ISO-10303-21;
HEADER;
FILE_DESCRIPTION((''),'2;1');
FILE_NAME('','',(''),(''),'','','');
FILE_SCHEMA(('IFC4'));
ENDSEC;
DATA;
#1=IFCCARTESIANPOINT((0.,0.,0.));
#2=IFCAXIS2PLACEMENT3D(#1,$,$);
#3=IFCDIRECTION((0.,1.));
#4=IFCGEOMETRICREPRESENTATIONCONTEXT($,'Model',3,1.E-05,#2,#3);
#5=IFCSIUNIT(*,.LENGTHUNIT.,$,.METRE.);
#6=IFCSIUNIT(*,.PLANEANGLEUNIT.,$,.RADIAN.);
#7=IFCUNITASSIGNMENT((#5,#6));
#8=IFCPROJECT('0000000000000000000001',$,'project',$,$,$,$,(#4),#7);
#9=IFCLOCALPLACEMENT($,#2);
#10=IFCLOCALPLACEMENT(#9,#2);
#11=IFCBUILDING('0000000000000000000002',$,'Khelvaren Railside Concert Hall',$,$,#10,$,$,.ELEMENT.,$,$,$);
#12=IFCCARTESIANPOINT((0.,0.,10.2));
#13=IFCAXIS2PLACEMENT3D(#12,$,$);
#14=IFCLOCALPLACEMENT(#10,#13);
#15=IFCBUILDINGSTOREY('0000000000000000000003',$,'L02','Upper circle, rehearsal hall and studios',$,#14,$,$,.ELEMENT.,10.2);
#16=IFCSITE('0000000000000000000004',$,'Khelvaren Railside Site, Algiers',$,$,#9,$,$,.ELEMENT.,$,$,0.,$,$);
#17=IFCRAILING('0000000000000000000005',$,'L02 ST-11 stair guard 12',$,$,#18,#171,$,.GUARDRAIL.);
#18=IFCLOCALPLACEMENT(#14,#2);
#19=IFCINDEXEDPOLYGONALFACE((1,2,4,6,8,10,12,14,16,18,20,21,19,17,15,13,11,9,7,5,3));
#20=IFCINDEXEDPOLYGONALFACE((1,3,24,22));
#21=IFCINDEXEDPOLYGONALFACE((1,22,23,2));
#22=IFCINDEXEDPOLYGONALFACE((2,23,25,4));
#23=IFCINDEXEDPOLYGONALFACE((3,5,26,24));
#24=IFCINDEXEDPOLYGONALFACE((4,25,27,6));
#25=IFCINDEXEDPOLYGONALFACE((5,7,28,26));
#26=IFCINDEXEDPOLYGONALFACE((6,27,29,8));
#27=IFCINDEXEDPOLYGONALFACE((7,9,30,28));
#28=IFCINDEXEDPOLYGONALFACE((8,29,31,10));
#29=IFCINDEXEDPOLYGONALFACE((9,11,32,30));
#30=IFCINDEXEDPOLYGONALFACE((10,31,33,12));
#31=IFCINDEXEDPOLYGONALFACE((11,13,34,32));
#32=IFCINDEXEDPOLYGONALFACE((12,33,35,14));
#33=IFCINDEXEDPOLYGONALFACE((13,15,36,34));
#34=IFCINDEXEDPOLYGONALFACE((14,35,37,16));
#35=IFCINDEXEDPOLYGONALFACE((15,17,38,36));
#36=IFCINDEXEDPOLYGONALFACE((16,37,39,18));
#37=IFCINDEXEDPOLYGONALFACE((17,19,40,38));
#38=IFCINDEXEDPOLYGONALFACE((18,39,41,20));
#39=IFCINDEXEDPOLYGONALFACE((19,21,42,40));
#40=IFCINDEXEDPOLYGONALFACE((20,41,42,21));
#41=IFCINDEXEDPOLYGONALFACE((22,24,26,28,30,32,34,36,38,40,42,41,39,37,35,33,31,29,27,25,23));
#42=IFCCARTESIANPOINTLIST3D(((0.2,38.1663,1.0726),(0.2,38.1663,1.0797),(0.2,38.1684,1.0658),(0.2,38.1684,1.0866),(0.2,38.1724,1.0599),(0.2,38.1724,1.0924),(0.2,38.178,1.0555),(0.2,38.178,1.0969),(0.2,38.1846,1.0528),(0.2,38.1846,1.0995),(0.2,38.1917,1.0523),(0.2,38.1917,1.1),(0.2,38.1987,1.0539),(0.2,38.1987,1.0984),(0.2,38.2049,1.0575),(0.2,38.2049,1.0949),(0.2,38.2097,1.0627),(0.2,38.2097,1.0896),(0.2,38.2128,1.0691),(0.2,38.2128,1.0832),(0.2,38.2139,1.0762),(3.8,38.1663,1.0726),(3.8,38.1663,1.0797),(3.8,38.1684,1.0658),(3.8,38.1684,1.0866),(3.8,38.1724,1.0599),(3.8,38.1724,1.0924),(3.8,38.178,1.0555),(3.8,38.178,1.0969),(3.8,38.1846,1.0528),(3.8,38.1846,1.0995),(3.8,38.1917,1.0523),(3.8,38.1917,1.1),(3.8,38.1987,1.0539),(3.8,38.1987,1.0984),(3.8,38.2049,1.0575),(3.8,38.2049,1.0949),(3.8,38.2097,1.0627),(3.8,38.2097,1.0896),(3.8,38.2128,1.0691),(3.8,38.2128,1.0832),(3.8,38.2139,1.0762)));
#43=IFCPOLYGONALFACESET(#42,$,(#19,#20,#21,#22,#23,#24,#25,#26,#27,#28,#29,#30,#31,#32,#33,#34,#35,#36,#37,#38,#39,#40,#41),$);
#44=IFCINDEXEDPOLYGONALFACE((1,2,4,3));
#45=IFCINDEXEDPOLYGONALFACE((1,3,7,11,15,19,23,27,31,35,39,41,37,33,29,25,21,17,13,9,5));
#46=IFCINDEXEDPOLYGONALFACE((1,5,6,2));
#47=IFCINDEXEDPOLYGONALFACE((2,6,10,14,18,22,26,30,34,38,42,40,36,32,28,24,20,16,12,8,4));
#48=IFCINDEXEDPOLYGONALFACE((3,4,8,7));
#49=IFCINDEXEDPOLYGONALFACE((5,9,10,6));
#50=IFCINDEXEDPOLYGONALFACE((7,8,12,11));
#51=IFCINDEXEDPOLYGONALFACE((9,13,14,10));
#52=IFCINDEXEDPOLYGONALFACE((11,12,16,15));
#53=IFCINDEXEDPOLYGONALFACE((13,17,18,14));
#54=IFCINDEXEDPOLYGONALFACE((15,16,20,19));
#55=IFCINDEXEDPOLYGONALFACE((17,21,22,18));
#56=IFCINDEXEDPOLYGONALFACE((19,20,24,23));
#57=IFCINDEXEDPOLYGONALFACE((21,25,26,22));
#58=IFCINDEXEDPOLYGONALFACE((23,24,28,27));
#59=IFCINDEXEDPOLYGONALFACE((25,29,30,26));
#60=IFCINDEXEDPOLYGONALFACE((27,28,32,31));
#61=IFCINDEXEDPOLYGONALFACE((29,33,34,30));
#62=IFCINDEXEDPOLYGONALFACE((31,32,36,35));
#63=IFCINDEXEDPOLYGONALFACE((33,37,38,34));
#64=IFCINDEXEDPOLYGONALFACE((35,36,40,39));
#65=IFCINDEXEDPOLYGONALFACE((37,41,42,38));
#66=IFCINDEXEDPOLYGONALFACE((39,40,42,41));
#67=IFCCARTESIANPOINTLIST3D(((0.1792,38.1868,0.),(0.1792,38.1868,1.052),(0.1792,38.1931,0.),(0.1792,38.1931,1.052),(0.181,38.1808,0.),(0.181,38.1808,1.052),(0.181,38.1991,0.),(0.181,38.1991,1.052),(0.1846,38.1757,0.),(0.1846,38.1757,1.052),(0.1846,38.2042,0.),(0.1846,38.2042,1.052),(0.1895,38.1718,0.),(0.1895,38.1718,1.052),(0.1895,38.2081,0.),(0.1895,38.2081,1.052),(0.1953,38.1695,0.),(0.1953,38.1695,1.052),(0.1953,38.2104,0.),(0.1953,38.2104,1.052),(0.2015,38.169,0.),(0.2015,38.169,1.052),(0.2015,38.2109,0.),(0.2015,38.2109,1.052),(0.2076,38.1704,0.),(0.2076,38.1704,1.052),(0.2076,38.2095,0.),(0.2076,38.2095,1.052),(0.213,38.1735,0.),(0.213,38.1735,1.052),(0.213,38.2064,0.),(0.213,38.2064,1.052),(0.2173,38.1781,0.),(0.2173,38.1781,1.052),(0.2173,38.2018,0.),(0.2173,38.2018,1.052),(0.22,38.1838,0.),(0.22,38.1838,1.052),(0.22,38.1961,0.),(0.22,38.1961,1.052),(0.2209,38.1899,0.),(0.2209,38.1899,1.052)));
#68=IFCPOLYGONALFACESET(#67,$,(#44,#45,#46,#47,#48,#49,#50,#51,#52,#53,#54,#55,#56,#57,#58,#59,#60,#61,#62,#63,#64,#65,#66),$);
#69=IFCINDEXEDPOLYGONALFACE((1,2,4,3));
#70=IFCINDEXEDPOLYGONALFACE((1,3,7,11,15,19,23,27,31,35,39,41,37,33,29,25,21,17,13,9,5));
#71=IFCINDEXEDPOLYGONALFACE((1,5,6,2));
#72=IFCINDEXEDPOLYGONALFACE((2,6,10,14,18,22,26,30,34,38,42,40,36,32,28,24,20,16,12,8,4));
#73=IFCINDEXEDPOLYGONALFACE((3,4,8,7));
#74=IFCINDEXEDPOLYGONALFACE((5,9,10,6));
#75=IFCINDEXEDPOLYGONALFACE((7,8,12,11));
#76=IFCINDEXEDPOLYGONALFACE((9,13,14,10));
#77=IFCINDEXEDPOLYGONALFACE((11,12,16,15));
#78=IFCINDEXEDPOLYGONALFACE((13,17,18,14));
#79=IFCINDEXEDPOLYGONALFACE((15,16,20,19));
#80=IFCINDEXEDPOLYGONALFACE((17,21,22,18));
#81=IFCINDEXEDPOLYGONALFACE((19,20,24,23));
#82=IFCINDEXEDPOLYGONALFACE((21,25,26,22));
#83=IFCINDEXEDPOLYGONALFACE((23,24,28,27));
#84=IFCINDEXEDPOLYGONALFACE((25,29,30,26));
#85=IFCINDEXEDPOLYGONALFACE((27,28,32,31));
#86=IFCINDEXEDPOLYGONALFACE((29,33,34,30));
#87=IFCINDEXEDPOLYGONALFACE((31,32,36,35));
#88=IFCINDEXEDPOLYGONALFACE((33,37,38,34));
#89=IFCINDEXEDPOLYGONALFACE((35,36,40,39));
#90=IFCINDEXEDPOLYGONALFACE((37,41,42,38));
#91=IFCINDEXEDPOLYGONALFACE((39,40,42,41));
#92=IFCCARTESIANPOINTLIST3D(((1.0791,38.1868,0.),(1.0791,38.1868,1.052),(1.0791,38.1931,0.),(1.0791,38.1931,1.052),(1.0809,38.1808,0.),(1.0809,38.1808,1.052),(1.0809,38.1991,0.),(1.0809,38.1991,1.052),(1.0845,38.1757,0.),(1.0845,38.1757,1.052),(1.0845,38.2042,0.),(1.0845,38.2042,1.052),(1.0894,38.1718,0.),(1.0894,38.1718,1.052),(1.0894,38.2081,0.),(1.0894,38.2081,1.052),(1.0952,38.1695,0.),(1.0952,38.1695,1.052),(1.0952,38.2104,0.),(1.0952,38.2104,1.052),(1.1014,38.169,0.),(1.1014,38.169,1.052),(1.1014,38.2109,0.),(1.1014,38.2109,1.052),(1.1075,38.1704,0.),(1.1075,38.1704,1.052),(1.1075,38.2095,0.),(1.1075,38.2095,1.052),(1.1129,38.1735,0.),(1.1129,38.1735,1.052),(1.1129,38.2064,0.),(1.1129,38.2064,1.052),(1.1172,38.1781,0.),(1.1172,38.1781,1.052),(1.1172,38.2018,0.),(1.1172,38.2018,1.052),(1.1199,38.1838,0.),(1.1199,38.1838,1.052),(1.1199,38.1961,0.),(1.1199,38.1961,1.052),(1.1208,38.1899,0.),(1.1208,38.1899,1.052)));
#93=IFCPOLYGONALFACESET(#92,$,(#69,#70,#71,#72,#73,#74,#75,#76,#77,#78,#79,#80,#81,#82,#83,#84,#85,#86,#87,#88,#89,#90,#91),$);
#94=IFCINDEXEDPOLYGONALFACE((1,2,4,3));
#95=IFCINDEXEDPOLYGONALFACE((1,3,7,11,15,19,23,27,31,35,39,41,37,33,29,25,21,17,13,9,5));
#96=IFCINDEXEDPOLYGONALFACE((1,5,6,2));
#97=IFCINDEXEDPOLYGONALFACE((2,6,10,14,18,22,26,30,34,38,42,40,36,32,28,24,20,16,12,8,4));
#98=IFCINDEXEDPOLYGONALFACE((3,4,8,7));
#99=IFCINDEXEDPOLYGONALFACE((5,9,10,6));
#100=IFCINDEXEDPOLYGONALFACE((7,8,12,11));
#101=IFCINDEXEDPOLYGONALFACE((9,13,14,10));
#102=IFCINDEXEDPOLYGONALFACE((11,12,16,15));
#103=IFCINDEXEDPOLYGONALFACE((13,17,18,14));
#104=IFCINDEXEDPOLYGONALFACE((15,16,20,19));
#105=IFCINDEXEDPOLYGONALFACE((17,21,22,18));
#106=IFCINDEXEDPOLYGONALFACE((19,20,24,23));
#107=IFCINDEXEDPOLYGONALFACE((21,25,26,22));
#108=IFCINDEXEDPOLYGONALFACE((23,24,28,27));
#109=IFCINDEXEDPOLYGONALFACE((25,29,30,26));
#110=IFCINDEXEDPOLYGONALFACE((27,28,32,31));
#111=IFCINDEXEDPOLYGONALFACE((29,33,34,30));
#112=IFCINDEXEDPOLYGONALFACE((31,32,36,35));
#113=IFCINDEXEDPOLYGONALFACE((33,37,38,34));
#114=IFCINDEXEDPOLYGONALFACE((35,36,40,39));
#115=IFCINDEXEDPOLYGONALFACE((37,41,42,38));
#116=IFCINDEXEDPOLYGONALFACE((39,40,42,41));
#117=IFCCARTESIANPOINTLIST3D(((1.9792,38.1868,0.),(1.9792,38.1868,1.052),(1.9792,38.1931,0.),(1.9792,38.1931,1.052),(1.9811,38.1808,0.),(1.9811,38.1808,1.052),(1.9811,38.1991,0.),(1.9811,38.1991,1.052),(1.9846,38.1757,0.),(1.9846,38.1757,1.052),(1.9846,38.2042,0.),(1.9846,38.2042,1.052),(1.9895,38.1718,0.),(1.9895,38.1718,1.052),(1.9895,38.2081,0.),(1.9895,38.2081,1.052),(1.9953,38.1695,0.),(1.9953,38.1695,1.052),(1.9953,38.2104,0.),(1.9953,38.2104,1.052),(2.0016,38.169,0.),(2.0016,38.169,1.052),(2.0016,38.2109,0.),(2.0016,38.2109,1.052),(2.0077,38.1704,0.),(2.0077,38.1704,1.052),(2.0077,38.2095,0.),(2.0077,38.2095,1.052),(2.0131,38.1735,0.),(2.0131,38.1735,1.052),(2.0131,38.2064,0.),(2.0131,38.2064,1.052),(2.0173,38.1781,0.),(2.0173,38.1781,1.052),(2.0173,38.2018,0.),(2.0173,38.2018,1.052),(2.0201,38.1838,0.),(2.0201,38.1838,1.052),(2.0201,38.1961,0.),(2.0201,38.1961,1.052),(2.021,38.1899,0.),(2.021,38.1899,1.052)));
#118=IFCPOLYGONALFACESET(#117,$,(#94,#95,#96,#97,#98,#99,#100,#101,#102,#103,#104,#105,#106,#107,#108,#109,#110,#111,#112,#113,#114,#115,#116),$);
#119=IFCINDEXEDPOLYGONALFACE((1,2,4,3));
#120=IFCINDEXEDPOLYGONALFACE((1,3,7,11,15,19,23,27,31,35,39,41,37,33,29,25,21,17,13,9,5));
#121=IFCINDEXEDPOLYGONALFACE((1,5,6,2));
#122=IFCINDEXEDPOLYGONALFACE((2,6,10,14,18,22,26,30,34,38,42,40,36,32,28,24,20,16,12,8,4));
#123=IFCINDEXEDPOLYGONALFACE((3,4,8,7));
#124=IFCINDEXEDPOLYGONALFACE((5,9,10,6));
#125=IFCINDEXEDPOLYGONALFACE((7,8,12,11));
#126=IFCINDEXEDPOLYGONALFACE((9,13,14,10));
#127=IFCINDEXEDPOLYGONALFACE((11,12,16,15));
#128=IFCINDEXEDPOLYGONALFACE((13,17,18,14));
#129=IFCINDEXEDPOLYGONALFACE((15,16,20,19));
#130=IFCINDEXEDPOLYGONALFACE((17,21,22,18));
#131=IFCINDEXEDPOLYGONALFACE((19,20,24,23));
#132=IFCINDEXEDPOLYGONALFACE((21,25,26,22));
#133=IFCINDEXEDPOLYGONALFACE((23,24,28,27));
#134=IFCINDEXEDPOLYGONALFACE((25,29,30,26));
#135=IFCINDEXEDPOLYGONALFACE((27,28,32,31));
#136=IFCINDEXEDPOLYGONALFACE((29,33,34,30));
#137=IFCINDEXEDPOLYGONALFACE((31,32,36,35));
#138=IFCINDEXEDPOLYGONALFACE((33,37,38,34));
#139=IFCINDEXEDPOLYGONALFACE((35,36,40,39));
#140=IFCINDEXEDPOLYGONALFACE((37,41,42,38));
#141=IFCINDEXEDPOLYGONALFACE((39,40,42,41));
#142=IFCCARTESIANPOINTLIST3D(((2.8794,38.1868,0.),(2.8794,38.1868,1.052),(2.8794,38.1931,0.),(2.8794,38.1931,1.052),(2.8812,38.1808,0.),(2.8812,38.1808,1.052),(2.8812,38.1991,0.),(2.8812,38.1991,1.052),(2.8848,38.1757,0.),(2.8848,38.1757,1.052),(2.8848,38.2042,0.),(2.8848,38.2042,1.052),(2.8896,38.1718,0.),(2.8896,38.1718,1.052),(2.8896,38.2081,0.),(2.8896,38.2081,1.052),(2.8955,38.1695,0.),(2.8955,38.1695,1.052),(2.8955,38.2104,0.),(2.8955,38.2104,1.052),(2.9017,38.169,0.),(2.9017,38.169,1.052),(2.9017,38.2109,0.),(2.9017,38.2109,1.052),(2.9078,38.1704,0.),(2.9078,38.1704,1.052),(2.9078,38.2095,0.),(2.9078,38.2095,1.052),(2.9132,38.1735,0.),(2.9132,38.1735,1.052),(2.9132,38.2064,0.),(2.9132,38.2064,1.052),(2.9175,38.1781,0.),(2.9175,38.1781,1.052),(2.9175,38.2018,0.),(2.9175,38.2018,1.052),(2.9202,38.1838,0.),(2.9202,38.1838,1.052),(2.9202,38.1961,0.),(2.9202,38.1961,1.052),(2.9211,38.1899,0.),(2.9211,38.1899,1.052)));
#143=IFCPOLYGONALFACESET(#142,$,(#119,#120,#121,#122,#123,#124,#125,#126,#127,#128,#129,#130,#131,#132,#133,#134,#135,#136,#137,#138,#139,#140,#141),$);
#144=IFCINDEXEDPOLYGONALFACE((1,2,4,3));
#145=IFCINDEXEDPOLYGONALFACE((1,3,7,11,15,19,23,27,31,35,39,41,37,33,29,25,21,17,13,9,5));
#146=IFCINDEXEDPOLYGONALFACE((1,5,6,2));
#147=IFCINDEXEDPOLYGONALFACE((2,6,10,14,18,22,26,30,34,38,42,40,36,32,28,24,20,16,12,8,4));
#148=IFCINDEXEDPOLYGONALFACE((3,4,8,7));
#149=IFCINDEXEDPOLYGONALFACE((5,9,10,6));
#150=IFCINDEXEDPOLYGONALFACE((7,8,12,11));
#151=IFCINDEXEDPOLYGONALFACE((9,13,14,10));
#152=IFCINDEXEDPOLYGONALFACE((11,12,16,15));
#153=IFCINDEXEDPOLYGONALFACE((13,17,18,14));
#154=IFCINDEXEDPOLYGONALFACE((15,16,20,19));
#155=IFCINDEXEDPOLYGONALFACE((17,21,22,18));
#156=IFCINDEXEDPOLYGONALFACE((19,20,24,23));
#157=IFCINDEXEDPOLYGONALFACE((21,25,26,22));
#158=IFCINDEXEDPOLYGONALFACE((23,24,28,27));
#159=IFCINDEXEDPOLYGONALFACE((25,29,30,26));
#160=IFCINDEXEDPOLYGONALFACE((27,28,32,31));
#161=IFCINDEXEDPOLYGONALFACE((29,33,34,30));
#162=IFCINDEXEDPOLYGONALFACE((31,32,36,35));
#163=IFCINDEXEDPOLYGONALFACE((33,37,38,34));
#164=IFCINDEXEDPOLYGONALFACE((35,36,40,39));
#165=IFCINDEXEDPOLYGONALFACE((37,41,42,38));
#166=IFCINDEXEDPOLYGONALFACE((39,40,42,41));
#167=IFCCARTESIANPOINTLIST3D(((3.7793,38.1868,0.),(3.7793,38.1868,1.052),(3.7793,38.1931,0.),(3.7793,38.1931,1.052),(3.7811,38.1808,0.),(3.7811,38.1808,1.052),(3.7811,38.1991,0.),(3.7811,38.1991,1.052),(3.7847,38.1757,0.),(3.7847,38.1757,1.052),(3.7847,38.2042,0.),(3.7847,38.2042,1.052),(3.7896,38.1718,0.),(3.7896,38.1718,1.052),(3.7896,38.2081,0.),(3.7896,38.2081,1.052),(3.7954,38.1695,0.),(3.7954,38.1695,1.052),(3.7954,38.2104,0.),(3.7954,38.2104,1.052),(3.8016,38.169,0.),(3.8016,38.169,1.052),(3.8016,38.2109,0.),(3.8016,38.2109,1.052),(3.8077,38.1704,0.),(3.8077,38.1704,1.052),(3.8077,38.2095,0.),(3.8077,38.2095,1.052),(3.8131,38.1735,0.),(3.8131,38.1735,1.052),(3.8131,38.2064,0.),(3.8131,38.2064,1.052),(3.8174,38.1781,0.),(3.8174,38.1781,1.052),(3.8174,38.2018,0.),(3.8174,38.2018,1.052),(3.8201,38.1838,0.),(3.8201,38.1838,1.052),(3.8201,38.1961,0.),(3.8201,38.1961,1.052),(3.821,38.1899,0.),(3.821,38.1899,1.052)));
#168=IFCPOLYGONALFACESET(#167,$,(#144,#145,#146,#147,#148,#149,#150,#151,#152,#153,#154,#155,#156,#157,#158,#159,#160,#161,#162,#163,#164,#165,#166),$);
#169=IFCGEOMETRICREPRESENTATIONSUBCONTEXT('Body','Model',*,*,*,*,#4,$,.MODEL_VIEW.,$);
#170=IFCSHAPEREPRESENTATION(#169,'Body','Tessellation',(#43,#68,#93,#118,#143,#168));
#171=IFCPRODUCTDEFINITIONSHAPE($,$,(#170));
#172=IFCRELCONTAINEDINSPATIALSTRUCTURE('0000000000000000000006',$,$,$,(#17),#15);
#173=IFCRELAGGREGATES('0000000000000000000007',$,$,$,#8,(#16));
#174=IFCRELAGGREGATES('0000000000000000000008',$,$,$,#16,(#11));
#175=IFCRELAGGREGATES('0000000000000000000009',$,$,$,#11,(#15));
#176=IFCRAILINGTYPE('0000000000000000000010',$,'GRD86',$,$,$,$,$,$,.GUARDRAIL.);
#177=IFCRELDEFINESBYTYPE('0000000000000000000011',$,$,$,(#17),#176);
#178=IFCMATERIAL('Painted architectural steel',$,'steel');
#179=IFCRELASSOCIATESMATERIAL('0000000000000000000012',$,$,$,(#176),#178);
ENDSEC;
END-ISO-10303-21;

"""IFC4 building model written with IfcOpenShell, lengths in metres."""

from ifc_helpers import new_model, si_unit, direction, frame, origin, origin_2d, place, context, subcontext, project, spatial, circle, extrude, material, type_object, element, save


model = new_model("IFC4")

# Units and contexts
model_context = context("Model", 3, precision=1e-05, world=origin(), true_north=direction((0.0, 1.0)))
body_context = subcontext(model_context, "Body", "Model", "MODEL_VIEW")
ifc_project = project(units=[si_unit("LENGTHUNIT", "METRE"), si_unit("PLANEANGLEUNIT", "RADIAN")], contexts=[model_context])

# Site, building, storey
site_placement = place(None, origin())
site = spatial("IfcSite", under=ifc_project, at=site_placement, Name="Khelvaren Railside Site, Algiers", CompositionType="ELEMENT", RefElevation=0.0)
building_placement = place(site_placement, origin())
building = spatial("IfcBuilding", under=site, at=building_placement, Name="Khelvaren Railside Concert Hall", CompositionType="ELEMENT")
storey_placement = place(building_placement, frame((0.0, 0.0, 10.2)))
storey = spatial("IfcBuildingStorey", under=building, at=storey_placement, Name="L02", Description="Upper circle, rehearsal hall and studios", CompositionType="ELEMENT", Elevation=10.2)

# Railing
ifc_material_1 = material(Name="Painted architectural steel", Category="steel")
railing_type_1 = type_object("IfcRailingType", Name="GRD86", PredefinedType="GUARDRAIL", material=ifc_material_1)
railing_1_placement = place(storey_placement, frame((0.2, 38.1899, 0.0)))
element("IfcRailing", 1, at=railing_1_placement, inside=storey, type_object=railing_type_1, Name="L02 ST-11 stair guard 12", PredefinedType="GUARDRAIL", context=body_context, shape_type="SweptSolid", body=[
    extrude(circle(Radius=0.0239, at=origin_2d()), frame((0.0, 0.0, 1.0762), z_axis=(1.0, 0.0, 0.0), x_axis=(0.0, 1.0, 0.0)), (0.0, 0.0, 1.0), 3.6001),
    extrude(circle(Radius=0.021, at=origin_2d()), origin(), (0.0, 0.0, 1.0), 1.052),
    extrude(circle(Radius=0.021, at=origin_2d()), frame((0.8999, 0.0, 0.0)), (0.0, 0.0, 1.0), 1.052),
    extrude(circle(Radius=0.021, at=origin_2d()), frame((1.8, 0.0, 0.0)), (0.0, 0.0, 1.0), 1.052),
    extrude(circle(Radius=0.021, at=origin_2d()), frame((2.7002, 0.0, 0.0)), (0.0, 0.0, 1.0), 1.052),
    extrude(circle(Radius=0.021, at=origin_2d()), frame((3.6001, 0.0, 0.0)), (0.0, 0.0, 1.0), 1.052),
])

save(model, "model.ifc")
